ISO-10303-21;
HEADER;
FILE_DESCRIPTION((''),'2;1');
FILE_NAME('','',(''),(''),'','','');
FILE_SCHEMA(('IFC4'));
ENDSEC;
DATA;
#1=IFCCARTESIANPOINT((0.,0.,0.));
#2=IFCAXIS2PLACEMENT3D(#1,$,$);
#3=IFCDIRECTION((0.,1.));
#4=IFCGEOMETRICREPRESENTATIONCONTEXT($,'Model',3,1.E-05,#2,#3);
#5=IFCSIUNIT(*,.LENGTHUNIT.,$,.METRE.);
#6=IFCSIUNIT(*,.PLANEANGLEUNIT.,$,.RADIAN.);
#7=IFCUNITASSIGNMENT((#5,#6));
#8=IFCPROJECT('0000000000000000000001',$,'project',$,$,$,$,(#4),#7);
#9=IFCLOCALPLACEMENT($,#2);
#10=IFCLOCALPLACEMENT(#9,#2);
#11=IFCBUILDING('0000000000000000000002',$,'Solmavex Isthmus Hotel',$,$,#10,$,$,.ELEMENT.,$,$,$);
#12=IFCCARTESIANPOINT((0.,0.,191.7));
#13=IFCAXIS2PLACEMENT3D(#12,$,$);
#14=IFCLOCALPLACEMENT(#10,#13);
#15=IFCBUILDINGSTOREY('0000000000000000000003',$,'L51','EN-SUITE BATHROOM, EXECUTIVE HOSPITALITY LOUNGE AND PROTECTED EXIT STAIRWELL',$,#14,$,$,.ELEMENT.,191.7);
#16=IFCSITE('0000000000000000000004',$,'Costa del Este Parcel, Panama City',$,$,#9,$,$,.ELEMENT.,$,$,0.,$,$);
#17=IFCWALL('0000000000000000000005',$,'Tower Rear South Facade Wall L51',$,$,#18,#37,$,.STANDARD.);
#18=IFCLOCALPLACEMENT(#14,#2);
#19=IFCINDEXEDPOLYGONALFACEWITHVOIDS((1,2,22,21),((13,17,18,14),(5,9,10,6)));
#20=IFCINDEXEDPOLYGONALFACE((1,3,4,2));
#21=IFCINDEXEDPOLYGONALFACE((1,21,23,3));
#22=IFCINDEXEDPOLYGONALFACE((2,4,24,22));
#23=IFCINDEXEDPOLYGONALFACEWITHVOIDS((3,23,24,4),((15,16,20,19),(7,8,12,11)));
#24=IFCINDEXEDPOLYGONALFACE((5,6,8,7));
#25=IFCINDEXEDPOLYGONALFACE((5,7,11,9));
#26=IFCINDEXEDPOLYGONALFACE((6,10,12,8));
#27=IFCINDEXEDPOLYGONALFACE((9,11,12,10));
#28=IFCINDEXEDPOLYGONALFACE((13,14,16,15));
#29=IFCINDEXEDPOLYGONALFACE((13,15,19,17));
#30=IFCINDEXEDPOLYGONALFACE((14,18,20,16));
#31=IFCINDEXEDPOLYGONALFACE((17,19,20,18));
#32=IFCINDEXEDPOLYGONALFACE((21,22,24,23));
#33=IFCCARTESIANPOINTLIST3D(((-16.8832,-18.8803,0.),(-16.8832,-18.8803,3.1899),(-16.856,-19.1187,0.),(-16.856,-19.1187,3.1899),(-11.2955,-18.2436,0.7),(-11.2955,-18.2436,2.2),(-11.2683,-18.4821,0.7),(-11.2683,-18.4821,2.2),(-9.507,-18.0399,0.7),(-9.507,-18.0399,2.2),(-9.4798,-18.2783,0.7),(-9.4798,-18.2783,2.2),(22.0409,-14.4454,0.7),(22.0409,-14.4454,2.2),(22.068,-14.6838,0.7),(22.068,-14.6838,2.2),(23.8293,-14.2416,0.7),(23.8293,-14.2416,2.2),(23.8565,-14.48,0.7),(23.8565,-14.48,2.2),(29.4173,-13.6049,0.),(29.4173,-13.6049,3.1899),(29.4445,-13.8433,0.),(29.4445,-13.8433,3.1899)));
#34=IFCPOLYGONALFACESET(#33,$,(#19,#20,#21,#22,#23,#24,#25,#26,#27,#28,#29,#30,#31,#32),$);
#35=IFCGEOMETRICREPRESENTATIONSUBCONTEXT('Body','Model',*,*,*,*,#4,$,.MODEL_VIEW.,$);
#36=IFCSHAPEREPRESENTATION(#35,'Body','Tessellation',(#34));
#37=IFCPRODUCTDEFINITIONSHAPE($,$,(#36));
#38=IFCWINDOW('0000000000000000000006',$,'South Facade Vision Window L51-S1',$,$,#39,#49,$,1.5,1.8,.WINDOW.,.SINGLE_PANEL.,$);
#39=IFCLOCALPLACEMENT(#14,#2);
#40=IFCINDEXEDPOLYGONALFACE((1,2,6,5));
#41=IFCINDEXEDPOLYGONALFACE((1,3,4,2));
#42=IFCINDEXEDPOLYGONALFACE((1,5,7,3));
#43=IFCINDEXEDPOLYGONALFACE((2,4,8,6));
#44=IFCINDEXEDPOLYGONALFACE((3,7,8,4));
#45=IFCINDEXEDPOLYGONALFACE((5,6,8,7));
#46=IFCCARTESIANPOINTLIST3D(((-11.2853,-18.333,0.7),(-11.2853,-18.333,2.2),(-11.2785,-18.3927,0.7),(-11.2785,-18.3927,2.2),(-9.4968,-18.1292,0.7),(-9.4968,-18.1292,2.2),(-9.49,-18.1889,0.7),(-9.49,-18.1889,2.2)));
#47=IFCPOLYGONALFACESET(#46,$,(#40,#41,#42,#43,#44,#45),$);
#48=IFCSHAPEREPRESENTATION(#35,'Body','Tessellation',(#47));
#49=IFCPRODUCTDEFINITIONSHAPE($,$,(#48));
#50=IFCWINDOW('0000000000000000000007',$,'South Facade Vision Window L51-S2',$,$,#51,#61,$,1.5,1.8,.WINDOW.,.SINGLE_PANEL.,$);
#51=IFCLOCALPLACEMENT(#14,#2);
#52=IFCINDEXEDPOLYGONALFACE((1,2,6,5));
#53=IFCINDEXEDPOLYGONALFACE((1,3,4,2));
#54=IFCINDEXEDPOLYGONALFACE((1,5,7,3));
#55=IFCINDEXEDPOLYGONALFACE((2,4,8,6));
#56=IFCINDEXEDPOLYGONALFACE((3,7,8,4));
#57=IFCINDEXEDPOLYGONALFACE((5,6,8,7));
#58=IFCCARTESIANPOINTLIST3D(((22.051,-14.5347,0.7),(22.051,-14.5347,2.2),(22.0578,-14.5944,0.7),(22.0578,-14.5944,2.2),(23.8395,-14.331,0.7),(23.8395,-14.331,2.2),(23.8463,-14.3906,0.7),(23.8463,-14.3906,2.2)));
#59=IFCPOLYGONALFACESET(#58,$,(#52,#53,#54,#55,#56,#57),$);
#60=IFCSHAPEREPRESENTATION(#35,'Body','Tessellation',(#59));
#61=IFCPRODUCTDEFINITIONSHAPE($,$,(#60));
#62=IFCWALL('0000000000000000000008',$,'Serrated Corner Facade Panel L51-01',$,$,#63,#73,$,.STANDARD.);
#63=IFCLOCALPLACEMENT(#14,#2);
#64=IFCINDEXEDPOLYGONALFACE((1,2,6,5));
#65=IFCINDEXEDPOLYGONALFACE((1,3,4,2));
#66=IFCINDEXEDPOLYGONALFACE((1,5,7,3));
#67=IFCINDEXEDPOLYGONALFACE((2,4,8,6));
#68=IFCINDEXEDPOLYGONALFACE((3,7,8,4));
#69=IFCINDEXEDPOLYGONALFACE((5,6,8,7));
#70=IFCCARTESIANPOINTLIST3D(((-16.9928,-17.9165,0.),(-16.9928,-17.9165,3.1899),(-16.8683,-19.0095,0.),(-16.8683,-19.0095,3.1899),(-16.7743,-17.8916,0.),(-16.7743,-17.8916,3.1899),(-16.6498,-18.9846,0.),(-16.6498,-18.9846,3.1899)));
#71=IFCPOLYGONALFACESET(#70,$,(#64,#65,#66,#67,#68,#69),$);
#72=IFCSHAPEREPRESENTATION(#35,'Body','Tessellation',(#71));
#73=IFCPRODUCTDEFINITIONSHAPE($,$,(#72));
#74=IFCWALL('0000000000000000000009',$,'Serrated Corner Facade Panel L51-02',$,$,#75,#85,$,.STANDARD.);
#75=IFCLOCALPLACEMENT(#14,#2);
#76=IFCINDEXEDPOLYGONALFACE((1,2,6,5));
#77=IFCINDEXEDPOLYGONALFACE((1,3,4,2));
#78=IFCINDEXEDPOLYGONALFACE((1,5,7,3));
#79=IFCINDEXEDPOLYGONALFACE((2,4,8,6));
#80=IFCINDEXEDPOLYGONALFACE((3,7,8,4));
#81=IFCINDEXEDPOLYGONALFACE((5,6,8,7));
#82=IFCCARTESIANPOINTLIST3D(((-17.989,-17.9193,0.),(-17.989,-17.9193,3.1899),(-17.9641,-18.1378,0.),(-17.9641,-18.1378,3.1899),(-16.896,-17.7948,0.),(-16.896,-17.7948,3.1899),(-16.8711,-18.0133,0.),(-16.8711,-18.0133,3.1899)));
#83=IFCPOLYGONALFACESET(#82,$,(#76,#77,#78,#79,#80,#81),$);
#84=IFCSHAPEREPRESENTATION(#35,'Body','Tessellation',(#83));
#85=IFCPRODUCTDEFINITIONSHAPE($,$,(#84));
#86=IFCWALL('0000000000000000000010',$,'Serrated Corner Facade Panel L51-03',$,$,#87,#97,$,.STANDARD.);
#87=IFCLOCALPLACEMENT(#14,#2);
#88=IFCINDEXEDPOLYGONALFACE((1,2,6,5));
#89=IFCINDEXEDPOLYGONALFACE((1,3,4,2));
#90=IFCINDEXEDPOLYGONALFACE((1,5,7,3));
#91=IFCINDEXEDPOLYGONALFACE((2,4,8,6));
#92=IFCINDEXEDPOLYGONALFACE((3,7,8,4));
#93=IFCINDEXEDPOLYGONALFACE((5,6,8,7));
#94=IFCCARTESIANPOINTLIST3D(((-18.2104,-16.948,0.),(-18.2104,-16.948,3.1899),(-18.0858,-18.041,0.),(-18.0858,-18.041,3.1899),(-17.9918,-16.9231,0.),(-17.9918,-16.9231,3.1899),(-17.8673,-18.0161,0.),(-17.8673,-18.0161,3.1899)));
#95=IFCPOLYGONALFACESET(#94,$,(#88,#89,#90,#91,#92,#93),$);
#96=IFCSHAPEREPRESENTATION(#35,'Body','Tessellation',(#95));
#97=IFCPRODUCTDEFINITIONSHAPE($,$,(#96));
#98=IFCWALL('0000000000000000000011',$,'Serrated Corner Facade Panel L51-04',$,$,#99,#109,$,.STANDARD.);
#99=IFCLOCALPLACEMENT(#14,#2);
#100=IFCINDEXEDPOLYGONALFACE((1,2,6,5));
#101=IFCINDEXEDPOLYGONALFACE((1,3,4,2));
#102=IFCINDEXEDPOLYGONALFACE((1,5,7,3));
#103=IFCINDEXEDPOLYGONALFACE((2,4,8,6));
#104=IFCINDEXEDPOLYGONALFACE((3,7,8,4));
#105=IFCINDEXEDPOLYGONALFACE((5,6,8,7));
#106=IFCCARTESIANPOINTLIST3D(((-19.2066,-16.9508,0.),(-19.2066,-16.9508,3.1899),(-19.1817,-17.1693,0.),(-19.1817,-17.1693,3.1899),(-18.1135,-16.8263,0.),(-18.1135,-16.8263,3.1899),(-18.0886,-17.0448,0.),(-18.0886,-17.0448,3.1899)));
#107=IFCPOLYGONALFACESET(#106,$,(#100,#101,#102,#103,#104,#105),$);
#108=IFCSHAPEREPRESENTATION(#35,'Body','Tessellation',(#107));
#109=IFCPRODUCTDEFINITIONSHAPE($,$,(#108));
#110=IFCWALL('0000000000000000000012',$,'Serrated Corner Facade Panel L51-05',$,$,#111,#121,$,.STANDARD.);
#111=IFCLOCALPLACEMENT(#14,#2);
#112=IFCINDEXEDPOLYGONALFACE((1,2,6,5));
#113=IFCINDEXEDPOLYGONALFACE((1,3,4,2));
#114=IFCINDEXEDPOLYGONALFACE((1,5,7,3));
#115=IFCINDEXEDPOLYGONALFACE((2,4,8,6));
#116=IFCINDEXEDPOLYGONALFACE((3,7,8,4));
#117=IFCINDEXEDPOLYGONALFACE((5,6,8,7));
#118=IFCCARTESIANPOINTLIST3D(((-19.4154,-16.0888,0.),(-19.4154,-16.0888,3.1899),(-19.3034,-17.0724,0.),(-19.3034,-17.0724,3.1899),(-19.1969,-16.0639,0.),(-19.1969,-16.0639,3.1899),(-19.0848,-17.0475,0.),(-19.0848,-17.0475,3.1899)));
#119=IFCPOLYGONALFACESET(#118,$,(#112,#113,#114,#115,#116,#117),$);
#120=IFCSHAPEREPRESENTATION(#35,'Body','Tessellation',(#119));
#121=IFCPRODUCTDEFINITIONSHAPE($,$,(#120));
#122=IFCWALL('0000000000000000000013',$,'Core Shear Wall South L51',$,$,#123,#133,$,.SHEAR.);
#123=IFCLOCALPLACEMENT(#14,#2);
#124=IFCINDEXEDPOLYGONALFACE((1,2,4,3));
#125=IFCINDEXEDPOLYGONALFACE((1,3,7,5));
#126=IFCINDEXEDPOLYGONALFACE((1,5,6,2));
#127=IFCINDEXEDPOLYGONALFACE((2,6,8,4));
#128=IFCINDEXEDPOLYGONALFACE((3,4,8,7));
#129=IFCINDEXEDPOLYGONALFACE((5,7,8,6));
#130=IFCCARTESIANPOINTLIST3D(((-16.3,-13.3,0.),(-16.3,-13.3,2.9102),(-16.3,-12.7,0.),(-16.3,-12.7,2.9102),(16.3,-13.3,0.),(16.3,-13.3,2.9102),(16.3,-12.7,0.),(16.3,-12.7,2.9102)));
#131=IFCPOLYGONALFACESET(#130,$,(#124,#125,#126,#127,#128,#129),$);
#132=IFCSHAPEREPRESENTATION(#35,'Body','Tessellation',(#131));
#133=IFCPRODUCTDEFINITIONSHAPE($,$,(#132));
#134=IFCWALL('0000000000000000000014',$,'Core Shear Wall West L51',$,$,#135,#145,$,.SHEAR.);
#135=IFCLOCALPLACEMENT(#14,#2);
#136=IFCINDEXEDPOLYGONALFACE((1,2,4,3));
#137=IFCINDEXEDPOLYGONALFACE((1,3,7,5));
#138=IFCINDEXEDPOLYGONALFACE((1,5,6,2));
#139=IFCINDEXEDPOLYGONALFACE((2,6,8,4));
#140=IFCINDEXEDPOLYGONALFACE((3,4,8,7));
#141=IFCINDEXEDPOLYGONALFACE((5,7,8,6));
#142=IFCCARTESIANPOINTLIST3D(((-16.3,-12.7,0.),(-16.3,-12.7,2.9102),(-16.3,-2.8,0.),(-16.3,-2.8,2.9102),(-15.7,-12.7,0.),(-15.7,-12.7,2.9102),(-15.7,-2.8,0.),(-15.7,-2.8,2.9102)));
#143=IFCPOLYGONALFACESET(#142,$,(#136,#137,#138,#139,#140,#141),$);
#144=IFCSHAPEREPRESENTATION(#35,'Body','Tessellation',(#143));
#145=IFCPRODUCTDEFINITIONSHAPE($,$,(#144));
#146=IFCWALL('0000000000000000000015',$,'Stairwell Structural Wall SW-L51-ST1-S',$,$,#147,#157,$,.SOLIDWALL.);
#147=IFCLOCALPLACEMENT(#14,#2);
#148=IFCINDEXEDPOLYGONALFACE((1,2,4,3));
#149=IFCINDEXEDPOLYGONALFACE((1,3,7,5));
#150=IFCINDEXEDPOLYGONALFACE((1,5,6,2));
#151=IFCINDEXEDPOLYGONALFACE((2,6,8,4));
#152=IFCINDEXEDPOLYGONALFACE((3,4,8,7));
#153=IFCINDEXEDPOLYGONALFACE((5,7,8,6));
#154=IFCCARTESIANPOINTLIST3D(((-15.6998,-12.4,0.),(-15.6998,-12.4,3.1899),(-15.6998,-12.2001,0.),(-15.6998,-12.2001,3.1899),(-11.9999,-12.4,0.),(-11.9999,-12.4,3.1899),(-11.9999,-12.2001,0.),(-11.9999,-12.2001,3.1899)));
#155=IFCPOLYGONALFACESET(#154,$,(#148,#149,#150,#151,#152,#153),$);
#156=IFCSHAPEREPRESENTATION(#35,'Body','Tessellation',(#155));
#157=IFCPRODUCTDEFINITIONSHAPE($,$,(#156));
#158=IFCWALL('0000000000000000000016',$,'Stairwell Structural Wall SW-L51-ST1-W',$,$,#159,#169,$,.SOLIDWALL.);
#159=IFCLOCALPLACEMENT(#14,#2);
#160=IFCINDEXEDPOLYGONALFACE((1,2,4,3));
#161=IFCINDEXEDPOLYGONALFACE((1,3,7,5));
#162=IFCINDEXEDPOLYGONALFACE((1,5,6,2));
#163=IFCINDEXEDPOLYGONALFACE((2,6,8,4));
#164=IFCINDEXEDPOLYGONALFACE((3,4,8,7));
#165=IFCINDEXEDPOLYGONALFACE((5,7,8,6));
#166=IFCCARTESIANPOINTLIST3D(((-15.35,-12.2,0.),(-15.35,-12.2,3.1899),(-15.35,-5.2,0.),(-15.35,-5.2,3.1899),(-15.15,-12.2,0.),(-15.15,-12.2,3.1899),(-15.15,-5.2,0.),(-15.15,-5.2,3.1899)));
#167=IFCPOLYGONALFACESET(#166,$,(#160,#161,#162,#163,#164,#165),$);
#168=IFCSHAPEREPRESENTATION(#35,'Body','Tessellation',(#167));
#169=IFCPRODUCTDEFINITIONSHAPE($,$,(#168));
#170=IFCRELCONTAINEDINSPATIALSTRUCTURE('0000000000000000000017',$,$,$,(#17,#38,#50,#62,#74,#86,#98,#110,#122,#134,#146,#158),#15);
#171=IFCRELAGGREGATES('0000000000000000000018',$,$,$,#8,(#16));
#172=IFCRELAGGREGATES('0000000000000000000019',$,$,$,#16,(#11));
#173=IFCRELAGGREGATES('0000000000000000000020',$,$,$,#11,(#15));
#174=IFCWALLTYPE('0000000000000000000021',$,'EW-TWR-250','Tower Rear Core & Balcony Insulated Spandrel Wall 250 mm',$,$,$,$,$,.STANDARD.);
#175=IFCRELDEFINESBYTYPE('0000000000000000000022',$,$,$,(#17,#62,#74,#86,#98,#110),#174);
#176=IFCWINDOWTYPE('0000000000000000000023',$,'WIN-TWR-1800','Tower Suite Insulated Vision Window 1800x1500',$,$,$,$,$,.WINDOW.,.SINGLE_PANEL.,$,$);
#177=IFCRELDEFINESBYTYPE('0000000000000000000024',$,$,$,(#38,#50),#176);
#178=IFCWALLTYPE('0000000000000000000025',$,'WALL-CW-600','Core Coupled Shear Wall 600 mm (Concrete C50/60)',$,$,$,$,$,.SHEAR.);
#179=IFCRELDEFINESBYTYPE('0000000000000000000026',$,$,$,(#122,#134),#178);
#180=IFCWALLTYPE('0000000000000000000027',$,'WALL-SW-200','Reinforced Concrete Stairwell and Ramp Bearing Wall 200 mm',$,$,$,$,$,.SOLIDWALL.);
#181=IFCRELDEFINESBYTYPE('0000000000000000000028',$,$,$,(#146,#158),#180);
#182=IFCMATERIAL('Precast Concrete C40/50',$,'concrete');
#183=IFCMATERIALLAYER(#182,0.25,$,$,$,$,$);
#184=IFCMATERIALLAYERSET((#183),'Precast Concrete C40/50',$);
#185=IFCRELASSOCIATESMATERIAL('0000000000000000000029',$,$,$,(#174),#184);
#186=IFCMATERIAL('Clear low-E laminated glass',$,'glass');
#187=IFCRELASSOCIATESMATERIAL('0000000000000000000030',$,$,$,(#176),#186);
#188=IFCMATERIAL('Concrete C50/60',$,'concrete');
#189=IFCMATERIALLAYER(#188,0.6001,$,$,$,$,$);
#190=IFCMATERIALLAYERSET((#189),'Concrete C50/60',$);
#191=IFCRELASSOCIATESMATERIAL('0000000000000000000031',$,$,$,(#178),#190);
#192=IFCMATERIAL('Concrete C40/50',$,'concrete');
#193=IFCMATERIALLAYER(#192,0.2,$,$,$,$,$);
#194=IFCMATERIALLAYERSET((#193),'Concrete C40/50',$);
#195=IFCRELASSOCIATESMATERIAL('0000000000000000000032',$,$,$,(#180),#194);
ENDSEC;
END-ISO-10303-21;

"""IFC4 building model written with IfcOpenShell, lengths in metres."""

from ifc_helpers import new_model, si_unit, direction, frame, frame_2d, origin, place, context, subcontext, project, spatial, rectangle, extrude, material, layer, layer_set, type_object, element, fill, save


model = new_model("IFC4")

# Units and contexts
model_context = context("Model", 3, precision=1e-05, world=origin(), true_north=direction((0.0, 1.0)))
body_context = subcontext(model_context, "Body", "Model", "MODEL_VIEW")
ifc_project = project(units=[si_unit("LENGTHUNIT", "METRE"), si_unit("PLANEANGLEUNIT", "RADIAN")], contexts=[model_context])

# Site, building, storey
site_placement = place(None, origin())
site = spatial("IfcSite", under=ifc_project, at=site_placement, Name="Costa del Este Parcel, Panama City", CompositionType="ELEMENT", RefElevation=0.0)
building_placement = place(site_placement, origin())
building = spatial("IfcBuilding", under=site, at=building_placement, Name="Solmavex Isthmus Hotel", CompositionType="ELEMENT")
storey_placement = place(building_placement, frame((0.0, 0.0, 191.7)))
storey = spatial("IfcBuildingStorey", under=building, at=storey_placement, Name="L51", Description="EN-SUITE BATHROOM, EXECUTIVE HOSPITALITY LOUNGE AND PROTECTED EXIT STAIRWELL", CompositionType="ELEMENT", Elevation=191.7)

# Shared definitions
ifc_material_1 = material(Name="Concrete C50/60", Category="concrete")

# Shared definitions
ifc_material_2 = material(Name="Clear low-E laminated glass", Category="glass")

# Wall, openings, windows
ifc_material_3 = material(Name="Precast Concrete C40/50", Category="concrete")
ifc_layer_1 = layer(ifc_material_3, 0.25)
ifc_layer_set_1 = layer_set([ifc_layer_1], Name="Precast Concrete C40/50")
wall_type_1 = type_object("IfcWallType", Name="EW-TWR-250", Description="Tower Rear Core & Balcony Insulated Spandrel Wall 250 mm", PredefinedType="STANDARD", material=ifc_layer_set_1)
wall_1_placement = place(storey_placement, frame((-16.8696, -18.9995, 0.0), z_axis=(0.0, 0.0, 1.0), x_axis=(0.993572, 0.113206, 0.0)))
wall_1 = element("IfcWall", 1, at=wall_1_placement, inside=storey, type_object=wall_type_1, Name="Tower Rear South Facade Wall L51", PredefinedType="STANDARD", context=body_context, shape_type="SweptSolid", body=[
    extrude(rectangle(XDim=46.6001, YDim=0.24, at=frame_2d((23.3, 0.0))), origin(), (0.0, 0.0, 1.0), 3.1899),
])
opening_1_placement = place(wall_1_placement, frame((5.624, 0.0, 0.7)))
opening_1 = element("IfcOpeningElement", 2, at=opening_1_placement, cuts=wall_1, PredefinedType="OPENING", context=body_context, shape_type="SweptSolid", body=[
    extrude(rectangle(XDim=1.8, YDim=1.5, at=frame_2d((0.8999, 0.75))), frame((0.0, 0.1299, 0.0), z_axis=(0.0, -1.0, 0.0), x_axis=(1.0, 0.0, 0.0)), (0.0, 0.0, 1.0), 0.26),
])
opening_2_placement = place(wall_1_placement, frame((39.176, 0.0, 0.7)))
opening_2 = element("IfcOpeningElement", 3, at=opening_2_placement, cuts=wall_1, PredefinedType="OPENING", context=body_context, shape_type="SweptSolid", body=[
    extrude(rectangle(XDim=1.8, YDim=1.5, at=frame_2d((0.8999, 0.75))), frame((0.0, 0.1299, 0.0), z_axis=(0.0, -1.0, 0.0), x_axis=(1.0, 0.0, 0.0)), (0.0, 0.0, 1.0), 0.26),
])
window_type = type_object("IfcWindowType", Name="WIN-TWR-1800", Description="Tower Suite Insulated Vision Window 1800x1500", PartitioningType="SINGLE_PANEL", PredefinedType="WINDOW", material=ifc_material_2)
window_1_placement = place(opening_1_placement, origin())
window_1 = element("IfcWindow", 4, at=window_1_placement, inside=storey, type_object=window_type, Name="South Facade Vision Window L51-S1", OverallHeight=1.5, OverallWidth=1.8, PartitioningType="SINGLE_PANEL", PredefinedType="WINDOW", context=body_context, shape_type="SweptSolid", body=[
    extrude(rectangle(XDim=1.8, YDim=1.5, at=frame_2d((0.8999, 0.75))), frame((0.0, 0.03, 0.0), z_axis=(0.0, -1.0, 0.0), x_axis=(1.0, 0.0, 0.0)), (0.0, 0.0, 1.0), 0.0601),
])
fill(opening_1, window_1)
window_2_placement = place(opening_2_placement, origin())
window_2 = element("IfcWindow", 5, at=window_2_placement, inside=storey, type_object=window_type, Name="South Facade Vision Window L51-S2", OverallHeight=1.5, OverallWidth=1.8, PartitioningType="SINGLE_PANEL", PredefinedType="WINDOW", context=body_context, shape_type="SweptSolid", body=[
    extrude(rectangle(XDim=1.8, YDim=1.5, at=frame_2d((0.8999, 0.75))), frame((0.0, 0.03, 0.0), z_axis=(0.0, -1.0, 0.0), x_axis=(1.0, 0.0, 0.0)), (0.0, 0.0, 1.0), 0.0601),
])
fill(opening_2, window_2)

# Walls
for number, where, z_axis, x_axis, name in (
    (6, (-16.759, -18.9971, 0.0), (0.0, 0.0, 1.0), (-0.113184, 0.993574, 0.0), "Serrated Corner Facade Panel L51-01"),
    (7, (-16.8835, -17.9041, 0.0), (0.0, 0.0, 1.0), (-0.993574, -0.113184, 0.0), "Serrated Corner Facade Panel L51-02"),
    (8, (-17.9766, -18.0286, 0.0), (0.0, 0.0, 1.0), (-0.113184, 0.993574, 0.0), "Serrated Corner Facade Panel L51-03"),
    (9, (-18.1011, -16.9355, 0.0), (0.0, 0.0, 1.0), (-0.993574, -0.113184, 0.0), "Serrated Corner Facade Panel L51-04"),
):
    element("IfcWall", number, at=place(storey_placement, frame(where, z_axis=z_axis, x_axis=x_axis)), inside=storey, type_object=wall_type_1, Name=name, PredefinedType="STANDARD", context=body_context, shape_type="SweptSolid", body=[
        extrude(rectangle(XDim=1.1001, YDim=0.22, at=frame_2d((0.55, 0.0))), origin(), (0.0, 0.0, 1.0), 3.1899),
    ])
wall_2_placement = place(storey_placement, frame((-19.1941, -17.0601, 0.0), z_axis=(0.0, 0.0, 1.0), x_axis=(-0.113192, 0.993573, 0.0)))
element("IfcWall", 10, at=wall_2_placement, inside=storey, type_object=wall_type_1, Name="Serrated Corner Facade Panel L51-05", PredefinedType="STANDARD", context=body_context, shape_type="SweptSolid", body=[
    extrude(rectangle(XDim=0.99, YDim=0.22, at=frame_2d((0.4951, 0.0))), origin(), (0.0, 0.0, 1.0), 3.1899),
])
ifc_layer_2 = layer(ifc_material_1, 0.6001)
ifc_layer_set_2 = layer_set([ifc_layer_2], Name="Concrete C50/60")
wall_type_2 = type_object("IfcWallType", Name="WALL-CW-600", Description="Core Coupled Shear Wall 600 mm (Concrete C50/60)", PredefinedType="SHEAR", material=ifc_layer_set_2)
wall_3_placement = place(storey_placement, frame((-16.3, -13.0, 0.0), z_axis=(0.0, 0.0, 1.0), x_axis=(1.0, 0.0, 0.0)))
element("IfcWall", 11, at=wall_3_placement, inside=storey, type_object=wall_type_2, Name="Core Shear Wall South L51", PredefinedType="SHEAR", context=body_context, shape_type="SweptSolid", body=[
    extrude(rectangle(XDim=32.6001, YDim=0.6001, at=frame_2d((16.3, 0.0))), origin(), (0.0, 0.0, 1.0), 2.9102),
])
wall_4_placement = place(storey_placement, frame((-16.0, -12.7, 0.0), z_axis=(0.0, 0.0, 1.0), x_axis=(0.0, 1.0, 0.0)))
element("IfcWall", 12, at=wall_4_placement, inside=storey, type_object=wall_type_2, Name="Core Shear Wall West L51", PredefinedType="SHEAR", context=body_context, shape_type="SweptSolid", body=[
    extrude(rectangle(XDim=9.8999, YDim=0.6001, at=frame_2d((4.95, 0.0))), origin(), (0.0, 0.0, 1.0), 2.9102),
])
ifc_material_4 = material(Name="Concrete C40/50", Category="concrete")
ifc_layer_3 = layer(ifc_material_4, 0.2)
ifc_layer_set_3 = layer_set([ifc_layer_3], Name="Concrete C40/50")
wall_type_3 = type_object("IfcWallType", Name="WALL-SW-200", Description="Reinforced Concrete Stairwell and Ramp Bearing Wall 200 mm", PredefinedType="SOLIDWALL", material=ifc_layer_set_3)
wall_5_placement = place(storey_placement, frame((-15.7, -12.3, 0.0), z_axis=(0.0, 0.0, 1.0), x_axis=(1.0, 0.0, 0.0)))
element("IfcWall", 13, at=wall_5_placement, inside=storey, type_object=wall_type_3, Name="Stairwell Structural Wall SW-L51-ST1-S", PredefinedType="SOLIDWALL", context=body_context, shape_type="SweptSolid", body=[
    extrude(rectangle(XDim=3.7, YDim=0.2, at=frame_2d((1.8501, 0.0))), origin(), (0.0, 0.0, 1.0), 3.1899),
])
wall_6_placement = place(storey_placement, frame((-15.25, -12.2, 0.0), z_axis=(0.0, 0.0, 1.0), x_axis=(0.0, 1.0, 0.0)))
element("IfcWall", 14, at=wall_6_placement, inside=storey, type_object=wall_type_3, Name="Stairwell Structural Wall SW-L51-ST1-W", PredefinedType="SOLIDWALL", context=body_context, shape_type="SweptSolid", body=[
    extrude(rectangle(XDim=7.0, YDim=0.2, at=frame_2d((3.5, 0.0))), origin(), (0.0, 0.0, 1.0), 3.1899),
])

save(model, "model.ifc")
